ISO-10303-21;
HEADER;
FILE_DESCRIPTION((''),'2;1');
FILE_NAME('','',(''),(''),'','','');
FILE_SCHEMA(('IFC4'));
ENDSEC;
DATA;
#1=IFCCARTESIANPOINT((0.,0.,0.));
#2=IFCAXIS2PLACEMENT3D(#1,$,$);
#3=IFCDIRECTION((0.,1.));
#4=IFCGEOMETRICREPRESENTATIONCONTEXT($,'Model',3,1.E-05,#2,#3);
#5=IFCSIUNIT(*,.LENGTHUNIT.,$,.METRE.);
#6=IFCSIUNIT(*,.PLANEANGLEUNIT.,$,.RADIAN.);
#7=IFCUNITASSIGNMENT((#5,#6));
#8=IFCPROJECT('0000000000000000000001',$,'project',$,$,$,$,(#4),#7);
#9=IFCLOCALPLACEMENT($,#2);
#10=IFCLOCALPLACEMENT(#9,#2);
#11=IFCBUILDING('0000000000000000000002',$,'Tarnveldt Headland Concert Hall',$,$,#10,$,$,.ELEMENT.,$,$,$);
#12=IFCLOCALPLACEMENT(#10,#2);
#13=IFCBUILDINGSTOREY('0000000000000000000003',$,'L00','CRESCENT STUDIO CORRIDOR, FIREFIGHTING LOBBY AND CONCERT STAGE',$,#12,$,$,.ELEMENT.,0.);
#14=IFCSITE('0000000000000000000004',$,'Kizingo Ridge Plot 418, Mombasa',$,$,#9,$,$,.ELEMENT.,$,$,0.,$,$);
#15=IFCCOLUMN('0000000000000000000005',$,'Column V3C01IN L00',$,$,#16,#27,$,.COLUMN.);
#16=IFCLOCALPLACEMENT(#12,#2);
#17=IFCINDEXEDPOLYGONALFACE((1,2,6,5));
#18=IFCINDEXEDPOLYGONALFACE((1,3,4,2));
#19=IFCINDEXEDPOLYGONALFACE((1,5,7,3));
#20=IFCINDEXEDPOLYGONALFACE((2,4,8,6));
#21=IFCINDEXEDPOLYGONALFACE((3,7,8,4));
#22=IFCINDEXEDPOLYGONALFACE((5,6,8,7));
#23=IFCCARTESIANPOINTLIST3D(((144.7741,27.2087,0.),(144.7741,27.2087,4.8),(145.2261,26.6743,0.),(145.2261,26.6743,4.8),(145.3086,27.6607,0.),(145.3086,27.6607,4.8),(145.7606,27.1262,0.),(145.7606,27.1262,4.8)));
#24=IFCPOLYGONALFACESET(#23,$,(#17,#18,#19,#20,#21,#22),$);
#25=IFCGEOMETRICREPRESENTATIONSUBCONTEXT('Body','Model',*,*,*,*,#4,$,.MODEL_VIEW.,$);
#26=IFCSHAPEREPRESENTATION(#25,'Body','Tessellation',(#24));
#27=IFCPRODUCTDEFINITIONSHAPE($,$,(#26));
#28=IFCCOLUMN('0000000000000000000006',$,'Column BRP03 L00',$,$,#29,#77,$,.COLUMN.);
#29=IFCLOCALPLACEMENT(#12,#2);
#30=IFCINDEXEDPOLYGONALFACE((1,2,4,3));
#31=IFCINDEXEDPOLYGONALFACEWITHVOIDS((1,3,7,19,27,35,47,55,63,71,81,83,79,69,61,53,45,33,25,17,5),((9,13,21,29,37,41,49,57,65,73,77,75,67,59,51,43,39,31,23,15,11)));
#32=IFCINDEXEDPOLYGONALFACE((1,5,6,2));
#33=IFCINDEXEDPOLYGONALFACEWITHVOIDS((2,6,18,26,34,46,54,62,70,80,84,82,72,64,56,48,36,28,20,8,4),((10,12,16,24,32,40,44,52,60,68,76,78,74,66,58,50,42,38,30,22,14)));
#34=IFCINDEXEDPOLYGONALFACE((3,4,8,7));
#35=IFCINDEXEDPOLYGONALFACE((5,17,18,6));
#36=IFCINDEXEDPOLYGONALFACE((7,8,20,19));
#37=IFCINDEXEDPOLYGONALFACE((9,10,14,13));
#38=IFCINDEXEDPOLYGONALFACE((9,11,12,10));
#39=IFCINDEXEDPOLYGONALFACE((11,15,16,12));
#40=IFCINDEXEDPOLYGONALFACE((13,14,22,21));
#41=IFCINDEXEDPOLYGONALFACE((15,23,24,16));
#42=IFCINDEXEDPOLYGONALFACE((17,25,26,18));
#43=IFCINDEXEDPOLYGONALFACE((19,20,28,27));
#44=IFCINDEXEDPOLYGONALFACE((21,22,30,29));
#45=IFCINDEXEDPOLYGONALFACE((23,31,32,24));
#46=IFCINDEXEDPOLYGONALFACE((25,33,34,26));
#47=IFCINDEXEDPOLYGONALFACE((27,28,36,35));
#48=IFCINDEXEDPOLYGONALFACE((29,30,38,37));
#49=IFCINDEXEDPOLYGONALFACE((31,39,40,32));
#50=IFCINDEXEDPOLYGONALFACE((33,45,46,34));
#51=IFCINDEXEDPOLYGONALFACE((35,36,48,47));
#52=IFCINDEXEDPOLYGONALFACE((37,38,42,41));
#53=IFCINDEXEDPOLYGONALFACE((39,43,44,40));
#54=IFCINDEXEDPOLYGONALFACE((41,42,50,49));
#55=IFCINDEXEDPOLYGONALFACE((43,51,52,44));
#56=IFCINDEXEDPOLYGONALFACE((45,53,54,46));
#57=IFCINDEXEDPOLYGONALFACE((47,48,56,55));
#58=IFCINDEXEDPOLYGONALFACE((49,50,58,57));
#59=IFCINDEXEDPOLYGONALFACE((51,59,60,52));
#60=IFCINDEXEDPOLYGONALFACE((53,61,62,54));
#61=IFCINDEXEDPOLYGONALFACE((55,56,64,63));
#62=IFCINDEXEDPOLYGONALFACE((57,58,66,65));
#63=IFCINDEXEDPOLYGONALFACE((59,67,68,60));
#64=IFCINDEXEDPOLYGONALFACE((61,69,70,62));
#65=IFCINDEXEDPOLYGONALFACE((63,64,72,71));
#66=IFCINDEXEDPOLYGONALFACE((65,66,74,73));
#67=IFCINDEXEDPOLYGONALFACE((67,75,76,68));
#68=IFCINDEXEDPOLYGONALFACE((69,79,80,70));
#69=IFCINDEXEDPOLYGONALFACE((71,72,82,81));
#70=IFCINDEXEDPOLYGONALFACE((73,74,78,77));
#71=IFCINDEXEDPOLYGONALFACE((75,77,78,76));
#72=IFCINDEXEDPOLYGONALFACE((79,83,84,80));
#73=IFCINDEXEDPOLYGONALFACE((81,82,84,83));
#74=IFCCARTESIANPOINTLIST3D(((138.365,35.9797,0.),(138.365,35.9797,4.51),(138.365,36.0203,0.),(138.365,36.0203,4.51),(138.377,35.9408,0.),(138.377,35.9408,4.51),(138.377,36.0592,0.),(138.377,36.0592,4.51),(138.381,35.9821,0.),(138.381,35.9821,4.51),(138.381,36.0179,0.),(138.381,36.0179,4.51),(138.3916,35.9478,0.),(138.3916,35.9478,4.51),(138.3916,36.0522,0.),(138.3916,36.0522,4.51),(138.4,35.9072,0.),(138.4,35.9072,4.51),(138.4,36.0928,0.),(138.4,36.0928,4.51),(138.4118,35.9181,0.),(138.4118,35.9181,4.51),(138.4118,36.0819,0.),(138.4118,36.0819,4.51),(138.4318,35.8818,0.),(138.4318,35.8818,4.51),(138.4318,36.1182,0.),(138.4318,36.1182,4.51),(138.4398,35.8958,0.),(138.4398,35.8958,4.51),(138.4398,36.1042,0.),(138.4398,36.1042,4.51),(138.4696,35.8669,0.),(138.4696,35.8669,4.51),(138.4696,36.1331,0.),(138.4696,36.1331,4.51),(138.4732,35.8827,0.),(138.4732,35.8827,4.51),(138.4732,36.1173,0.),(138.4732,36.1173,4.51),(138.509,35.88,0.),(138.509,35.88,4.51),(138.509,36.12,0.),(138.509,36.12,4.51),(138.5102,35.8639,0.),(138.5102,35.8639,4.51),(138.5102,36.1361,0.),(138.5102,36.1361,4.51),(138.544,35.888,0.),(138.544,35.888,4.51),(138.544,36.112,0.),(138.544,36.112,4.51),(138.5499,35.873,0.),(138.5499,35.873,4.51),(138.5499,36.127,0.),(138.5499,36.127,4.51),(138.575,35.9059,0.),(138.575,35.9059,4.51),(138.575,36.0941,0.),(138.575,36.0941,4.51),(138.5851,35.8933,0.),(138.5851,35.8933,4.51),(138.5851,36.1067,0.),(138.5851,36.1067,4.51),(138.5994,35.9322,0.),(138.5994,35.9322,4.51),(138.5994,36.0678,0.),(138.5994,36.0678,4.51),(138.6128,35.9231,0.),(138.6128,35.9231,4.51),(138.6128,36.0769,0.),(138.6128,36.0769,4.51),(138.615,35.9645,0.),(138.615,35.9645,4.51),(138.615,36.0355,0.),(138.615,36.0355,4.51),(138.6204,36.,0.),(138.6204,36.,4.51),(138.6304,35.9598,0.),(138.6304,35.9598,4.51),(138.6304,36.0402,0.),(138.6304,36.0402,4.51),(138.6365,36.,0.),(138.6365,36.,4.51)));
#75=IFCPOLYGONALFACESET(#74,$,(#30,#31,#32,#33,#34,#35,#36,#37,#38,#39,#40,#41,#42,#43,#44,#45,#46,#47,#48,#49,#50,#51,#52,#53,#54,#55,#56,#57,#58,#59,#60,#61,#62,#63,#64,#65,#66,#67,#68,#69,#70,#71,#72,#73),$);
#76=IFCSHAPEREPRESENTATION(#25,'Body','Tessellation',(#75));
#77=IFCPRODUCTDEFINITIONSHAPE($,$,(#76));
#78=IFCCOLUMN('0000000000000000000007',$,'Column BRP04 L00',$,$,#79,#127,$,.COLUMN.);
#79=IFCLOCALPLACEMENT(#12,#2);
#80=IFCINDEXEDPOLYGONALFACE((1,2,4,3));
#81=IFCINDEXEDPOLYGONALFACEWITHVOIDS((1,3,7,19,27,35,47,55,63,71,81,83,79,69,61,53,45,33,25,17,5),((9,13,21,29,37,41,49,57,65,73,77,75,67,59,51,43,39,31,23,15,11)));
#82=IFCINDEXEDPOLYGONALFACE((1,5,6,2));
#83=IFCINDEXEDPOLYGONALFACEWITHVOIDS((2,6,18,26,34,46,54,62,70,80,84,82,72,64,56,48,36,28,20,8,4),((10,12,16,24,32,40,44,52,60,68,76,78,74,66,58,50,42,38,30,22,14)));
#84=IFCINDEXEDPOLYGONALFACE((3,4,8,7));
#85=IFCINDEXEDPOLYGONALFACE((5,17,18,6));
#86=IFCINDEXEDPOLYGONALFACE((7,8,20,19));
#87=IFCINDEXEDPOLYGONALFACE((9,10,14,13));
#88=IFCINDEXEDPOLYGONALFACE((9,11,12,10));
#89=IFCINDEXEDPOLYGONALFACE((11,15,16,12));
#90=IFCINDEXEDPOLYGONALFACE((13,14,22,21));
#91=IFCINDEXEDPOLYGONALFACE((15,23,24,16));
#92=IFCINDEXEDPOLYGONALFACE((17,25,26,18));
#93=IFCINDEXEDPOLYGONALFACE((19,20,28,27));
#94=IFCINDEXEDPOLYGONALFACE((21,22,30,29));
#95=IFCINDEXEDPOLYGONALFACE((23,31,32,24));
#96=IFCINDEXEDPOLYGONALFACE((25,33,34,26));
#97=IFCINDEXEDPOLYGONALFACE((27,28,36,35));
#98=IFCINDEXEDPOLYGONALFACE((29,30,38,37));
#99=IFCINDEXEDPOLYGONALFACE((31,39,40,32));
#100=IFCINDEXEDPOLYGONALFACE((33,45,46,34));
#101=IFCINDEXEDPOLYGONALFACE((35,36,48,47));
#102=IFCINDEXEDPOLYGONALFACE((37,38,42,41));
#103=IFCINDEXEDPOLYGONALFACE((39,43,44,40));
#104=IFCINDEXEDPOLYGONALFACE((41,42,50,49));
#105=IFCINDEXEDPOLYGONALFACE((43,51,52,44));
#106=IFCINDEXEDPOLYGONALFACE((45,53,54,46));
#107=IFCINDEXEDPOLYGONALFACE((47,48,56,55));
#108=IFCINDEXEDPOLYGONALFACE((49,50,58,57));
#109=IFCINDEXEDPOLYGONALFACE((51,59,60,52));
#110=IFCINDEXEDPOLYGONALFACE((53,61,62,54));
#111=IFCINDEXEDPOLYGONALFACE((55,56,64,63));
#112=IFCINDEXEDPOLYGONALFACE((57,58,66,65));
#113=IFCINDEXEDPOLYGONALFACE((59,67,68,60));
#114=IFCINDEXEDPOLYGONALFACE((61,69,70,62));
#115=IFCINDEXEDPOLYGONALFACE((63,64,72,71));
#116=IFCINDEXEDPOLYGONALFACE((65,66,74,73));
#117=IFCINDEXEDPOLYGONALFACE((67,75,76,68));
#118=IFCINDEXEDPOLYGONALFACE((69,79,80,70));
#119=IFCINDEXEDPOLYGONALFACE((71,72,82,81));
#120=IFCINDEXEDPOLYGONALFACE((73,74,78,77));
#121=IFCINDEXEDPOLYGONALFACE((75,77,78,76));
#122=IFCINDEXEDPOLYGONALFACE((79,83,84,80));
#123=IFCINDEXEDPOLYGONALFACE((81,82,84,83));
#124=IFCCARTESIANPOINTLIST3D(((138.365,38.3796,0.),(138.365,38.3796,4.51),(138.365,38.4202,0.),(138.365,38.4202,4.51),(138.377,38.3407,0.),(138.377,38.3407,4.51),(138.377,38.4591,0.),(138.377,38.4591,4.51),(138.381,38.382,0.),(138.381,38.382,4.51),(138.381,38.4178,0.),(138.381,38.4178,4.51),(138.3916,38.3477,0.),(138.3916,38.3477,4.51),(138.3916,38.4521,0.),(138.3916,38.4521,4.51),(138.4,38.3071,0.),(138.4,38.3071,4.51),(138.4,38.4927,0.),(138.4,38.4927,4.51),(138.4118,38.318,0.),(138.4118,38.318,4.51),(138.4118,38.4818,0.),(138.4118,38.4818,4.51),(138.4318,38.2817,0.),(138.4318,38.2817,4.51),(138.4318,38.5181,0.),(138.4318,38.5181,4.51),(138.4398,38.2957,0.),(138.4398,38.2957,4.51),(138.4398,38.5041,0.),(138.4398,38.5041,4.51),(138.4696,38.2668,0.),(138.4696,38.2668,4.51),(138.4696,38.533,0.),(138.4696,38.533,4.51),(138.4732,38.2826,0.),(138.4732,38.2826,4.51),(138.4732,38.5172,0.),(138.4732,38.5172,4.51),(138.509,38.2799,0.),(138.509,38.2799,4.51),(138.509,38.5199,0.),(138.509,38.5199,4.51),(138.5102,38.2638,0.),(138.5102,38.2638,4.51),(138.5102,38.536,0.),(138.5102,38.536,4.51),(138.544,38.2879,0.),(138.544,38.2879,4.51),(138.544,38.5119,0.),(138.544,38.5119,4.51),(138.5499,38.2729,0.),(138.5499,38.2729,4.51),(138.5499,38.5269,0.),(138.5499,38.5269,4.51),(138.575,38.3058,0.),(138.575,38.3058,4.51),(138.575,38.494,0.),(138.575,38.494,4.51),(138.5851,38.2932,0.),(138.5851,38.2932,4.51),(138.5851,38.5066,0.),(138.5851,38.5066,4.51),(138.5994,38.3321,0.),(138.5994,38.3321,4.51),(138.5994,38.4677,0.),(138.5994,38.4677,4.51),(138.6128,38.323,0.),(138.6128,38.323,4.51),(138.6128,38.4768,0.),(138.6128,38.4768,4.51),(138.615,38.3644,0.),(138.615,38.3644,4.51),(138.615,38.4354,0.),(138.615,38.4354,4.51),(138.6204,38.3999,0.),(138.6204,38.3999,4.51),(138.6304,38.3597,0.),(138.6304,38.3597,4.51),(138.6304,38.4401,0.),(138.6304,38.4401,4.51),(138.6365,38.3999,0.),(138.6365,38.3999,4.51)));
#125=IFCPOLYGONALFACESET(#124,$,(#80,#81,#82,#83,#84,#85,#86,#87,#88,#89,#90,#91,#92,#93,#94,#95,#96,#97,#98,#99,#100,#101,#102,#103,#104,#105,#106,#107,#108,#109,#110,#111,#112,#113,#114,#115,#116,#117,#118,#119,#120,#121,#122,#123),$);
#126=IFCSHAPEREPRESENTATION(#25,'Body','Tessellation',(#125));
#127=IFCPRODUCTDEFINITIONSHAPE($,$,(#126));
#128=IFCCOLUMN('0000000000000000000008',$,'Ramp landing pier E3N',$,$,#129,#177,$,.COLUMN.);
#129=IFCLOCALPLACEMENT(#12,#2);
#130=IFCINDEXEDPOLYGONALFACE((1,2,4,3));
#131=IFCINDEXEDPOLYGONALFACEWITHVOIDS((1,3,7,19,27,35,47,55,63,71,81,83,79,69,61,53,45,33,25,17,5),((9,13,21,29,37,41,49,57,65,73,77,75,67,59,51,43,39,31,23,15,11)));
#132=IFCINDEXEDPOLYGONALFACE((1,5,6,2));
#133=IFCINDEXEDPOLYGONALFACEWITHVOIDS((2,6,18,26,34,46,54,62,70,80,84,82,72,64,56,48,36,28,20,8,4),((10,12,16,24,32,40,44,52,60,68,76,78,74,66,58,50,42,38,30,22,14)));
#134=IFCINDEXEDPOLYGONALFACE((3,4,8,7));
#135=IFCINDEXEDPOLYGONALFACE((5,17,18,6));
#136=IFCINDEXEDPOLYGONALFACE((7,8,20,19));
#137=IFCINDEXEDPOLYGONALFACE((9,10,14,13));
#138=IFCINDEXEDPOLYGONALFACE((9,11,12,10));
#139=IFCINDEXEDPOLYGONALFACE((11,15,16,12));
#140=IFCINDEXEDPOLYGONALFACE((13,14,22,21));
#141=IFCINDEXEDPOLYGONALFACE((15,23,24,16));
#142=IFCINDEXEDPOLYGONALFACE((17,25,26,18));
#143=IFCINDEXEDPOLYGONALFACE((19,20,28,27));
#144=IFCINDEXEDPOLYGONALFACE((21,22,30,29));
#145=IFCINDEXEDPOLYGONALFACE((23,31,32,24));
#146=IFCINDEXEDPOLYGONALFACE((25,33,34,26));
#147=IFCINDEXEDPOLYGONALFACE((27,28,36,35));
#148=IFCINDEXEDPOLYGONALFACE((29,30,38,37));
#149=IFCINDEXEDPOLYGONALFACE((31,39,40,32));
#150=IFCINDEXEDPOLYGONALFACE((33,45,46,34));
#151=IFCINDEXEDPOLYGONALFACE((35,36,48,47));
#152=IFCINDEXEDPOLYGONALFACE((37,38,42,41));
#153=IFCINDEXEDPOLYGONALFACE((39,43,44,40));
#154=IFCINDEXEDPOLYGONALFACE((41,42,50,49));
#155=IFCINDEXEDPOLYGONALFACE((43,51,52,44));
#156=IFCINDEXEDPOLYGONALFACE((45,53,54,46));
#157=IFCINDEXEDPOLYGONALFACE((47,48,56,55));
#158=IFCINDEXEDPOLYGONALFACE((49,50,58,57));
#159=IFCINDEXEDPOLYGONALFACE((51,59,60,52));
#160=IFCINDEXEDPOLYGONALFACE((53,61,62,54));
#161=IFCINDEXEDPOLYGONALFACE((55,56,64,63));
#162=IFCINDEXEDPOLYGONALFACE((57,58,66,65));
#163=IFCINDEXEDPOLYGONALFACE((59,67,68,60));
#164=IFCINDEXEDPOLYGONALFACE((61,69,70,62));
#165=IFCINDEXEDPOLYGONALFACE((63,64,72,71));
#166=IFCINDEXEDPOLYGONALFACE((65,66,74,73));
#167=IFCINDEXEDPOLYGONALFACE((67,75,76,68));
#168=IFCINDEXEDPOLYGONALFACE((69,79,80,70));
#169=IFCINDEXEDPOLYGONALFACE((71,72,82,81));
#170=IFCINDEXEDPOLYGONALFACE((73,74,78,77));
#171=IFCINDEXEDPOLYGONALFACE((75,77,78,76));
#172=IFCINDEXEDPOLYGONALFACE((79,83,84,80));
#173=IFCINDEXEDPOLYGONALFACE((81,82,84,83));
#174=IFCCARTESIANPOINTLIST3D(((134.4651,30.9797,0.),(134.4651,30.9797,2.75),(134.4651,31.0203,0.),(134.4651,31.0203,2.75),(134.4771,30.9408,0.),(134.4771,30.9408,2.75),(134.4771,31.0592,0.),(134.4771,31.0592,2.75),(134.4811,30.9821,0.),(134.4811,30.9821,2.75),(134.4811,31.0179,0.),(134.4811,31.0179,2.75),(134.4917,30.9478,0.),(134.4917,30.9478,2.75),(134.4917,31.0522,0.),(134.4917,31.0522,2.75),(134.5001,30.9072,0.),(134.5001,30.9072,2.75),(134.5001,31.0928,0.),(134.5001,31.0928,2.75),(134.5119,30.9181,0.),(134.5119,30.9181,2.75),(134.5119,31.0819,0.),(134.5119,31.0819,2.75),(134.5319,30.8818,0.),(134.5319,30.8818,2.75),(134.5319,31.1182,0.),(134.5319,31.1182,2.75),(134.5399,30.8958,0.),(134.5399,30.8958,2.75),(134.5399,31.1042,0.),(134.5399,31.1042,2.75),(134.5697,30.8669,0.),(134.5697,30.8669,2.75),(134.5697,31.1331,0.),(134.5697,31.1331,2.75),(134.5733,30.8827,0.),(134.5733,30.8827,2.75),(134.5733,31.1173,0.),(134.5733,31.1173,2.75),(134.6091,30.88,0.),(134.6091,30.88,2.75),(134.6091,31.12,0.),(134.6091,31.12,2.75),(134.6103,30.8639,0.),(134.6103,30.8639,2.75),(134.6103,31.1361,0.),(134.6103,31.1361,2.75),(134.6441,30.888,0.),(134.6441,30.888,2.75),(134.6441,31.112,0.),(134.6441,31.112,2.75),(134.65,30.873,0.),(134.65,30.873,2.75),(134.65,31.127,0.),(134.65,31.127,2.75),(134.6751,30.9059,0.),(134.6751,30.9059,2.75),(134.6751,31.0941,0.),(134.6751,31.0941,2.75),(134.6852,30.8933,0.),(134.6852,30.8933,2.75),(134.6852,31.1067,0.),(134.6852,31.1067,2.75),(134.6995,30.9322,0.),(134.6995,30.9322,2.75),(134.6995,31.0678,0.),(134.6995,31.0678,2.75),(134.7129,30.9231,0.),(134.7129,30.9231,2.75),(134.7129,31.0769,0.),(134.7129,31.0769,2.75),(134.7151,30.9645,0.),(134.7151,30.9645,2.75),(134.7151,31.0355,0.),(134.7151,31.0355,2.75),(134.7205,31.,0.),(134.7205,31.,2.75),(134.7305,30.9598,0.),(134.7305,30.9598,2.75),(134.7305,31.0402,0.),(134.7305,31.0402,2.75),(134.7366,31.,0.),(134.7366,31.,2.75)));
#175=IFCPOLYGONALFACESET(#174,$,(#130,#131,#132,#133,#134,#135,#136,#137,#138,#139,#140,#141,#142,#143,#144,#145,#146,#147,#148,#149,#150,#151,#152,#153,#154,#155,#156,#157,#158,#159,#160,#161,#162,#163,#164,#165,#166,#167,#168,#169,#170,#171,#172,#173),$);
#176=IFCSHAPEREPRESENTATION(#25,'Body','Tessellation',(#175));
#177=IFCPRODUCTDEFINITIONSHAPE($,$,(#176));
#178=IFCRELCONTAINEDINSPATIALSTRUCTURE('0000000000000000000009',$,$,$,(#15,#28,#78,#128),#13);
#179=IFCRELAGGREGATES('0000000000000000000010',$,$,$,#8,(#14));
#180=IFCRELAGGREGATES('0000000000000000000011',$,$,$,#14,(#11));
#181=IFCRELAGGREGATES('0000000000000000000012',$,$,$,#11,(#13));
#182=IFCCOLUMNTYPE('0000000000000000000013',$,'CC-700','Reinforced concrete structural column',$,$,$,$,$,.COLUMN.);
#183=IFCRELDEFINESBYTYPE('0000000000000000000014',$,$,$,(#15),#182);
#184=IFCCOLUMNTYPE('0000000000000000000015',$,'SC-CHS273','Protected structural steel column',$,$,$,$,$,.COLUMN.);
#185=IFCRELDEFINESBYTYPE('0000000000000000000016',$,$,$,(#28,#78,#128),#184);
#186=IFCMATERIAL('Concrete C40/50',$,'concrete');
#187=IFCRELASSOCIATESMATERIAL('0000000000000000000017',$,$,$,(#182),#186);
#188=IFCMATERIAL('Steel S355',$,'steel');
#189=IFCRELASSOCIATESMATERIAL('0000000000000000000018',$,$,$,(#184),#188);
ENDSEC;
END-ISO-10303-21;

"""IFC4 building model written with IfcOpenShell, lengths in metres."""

from ifc_helpers import new_model, si_unit, direction, frame, origin, origin_2d, place, context, subcontext, project, spatial, rectangle, hollow_circle, extrude, material, material_profile, profile_set, type_object, element, save


model = new_model("IFC4")

# Units and contexts
model_context = context("Model", 3, precision=1e-05, world=origin(), true_north=direction((0.0, 1.0)))
body_context = subcontext(model_context, "Body", "Model", "MODEL_VIEW")
ifc_project = project(units=[si_unit("LENGTHUNIT", "METRE"), si_unit("PLANEANGLEUNIT", "RADIAN")], contexts=[model_context])

# Site, building, storey
site_placement = place(None, origin())
site = spatial("IfcSite", under=ifc_project, at=site_placement, Name="Kizingo Ridge Plot 418, Mombasa", CompositionType="ELEMENT", RefElevation=0.0)
building_placement = place(site_placement, origin())
building = spatial("IfcBuilding", under=site, at=building_placement, Name="Tarnveldt Headland Concert Hall", CompositionType="ELEMENT")
storey_placement = place(building_placement, origin())
storey = spatial("IfcBuildingStorey", under=building, at=storey_placement, Name="L00", Description="CRESCENT STUDIO CORRIDOR, FIREFIGHTING LOBBY AND CONCERT STAGE", CompositionType="ELEMENT", Elevation=0.0)

# Columns
ifc_material_1 = material(Name="Concrete C40/50", Category="concrete")
ifc_material_profile_1 = material_profile(ifc_material_1, rectangle(XDim=0.7, YDim=0.7, at=origin_2d()), Name="RC 700x700", Category="concrete")
ifc_profile_set_1 = profile_set([ifc_material_profile_1], Name="Concrete C40/50")
column_type_1 = type_object("IfcColumnType", Name="CC-700", Description="Reinforced concrete structural column", PredefinedType="COLUMN", material=ifc_profile_set_1)
column_1_placement = place(storey_placement, frame((145.2673, 27.1675, 0.0), z_axis=(0.0, 0.0, 1.0), x_axis=(0.645724, -0.763571, 0.0)))
element("IfcColumn", 1, at=column_1_placement, inside=storey, type_object=column_type_1, Name="Column V3C01IN L00", PredefinedType="COLUMN", context=body_context, shape_type="SweptSolid", body=[
    extrude(rectangle(XDim=0.7, YDim=0.7, at=origin_2d()), origin(), (0.0, 0.0, 1.0), 4.8),
])
ifc_material_2 = material(Name="Steel S355", Category="steel")
ifc_material_profile_2 = material_profile(ifc_material_2, hollow_circle(Radius=0.1365, WallThickness=0.0161, at=origin_2d()), Name="CHS 273x16", Category="steel")
ifc_profile_set_2 = profile_set([ifc_material_profile_2], Name="Steel S355")
column_type_2 = type_object("IfcColumnType", Name="SC-CHS273", Description="Protected structural steel column", PredefinedType="COLUMN", material=ifc_profile_set_2)
for number, where, z_axis, x_axis, name in (
    (2, (138.5, 36.0, 0.0), (0.0, 0.0, 1.0), (1.0, 0.0, 0.0), "Column BRP03 L00"),
    (3, (138.5, 38.3999, 0.0), (0.0, 0.0, 1.0), (1.0, 0.0, 0.0), "Column BRP04 L00"),
):
    element("IfcColumn", number, at=place(storey_placement, frame(where, z_axis=z_axis, x_axis=x_axis)), inside=storey, type_object=column_type_2, Name=name, PredefinedType="COLUMN", context=body_context, shape_type="SweptSolid", body=[
        extrude(hollow_circle(Radius=0.1365, WallThickness=0.0161, at=origin_2d()), origin(), (0.0, 0.0, 1.0), 4.51),
    ])
for number, where, z_axis, x_axis, name in (
    (4, (134.6001, 31.0, 0.0), (0.0, 0.0, 1.0), (1.0, 0.0, 0.0), "Ramp landing pier E3N"),
):
    element("IfcColumn", number, at=place(storey_placement, frame(where, z_axis=z_axis, x_axis=x_axis)), inside=storey, type_object=column_type_2, Name=name, PredefinedType="COLUMN", context=body_context, shape_type="SweptSolid", body=[
        extrude(hollow_circle(Radius=0.1365, WallThickness=0.0161, at=origin_2d()), origin(), (0.0, 0.0, 1.0), 2.75),
    ])

save(model, "model.ifc")
